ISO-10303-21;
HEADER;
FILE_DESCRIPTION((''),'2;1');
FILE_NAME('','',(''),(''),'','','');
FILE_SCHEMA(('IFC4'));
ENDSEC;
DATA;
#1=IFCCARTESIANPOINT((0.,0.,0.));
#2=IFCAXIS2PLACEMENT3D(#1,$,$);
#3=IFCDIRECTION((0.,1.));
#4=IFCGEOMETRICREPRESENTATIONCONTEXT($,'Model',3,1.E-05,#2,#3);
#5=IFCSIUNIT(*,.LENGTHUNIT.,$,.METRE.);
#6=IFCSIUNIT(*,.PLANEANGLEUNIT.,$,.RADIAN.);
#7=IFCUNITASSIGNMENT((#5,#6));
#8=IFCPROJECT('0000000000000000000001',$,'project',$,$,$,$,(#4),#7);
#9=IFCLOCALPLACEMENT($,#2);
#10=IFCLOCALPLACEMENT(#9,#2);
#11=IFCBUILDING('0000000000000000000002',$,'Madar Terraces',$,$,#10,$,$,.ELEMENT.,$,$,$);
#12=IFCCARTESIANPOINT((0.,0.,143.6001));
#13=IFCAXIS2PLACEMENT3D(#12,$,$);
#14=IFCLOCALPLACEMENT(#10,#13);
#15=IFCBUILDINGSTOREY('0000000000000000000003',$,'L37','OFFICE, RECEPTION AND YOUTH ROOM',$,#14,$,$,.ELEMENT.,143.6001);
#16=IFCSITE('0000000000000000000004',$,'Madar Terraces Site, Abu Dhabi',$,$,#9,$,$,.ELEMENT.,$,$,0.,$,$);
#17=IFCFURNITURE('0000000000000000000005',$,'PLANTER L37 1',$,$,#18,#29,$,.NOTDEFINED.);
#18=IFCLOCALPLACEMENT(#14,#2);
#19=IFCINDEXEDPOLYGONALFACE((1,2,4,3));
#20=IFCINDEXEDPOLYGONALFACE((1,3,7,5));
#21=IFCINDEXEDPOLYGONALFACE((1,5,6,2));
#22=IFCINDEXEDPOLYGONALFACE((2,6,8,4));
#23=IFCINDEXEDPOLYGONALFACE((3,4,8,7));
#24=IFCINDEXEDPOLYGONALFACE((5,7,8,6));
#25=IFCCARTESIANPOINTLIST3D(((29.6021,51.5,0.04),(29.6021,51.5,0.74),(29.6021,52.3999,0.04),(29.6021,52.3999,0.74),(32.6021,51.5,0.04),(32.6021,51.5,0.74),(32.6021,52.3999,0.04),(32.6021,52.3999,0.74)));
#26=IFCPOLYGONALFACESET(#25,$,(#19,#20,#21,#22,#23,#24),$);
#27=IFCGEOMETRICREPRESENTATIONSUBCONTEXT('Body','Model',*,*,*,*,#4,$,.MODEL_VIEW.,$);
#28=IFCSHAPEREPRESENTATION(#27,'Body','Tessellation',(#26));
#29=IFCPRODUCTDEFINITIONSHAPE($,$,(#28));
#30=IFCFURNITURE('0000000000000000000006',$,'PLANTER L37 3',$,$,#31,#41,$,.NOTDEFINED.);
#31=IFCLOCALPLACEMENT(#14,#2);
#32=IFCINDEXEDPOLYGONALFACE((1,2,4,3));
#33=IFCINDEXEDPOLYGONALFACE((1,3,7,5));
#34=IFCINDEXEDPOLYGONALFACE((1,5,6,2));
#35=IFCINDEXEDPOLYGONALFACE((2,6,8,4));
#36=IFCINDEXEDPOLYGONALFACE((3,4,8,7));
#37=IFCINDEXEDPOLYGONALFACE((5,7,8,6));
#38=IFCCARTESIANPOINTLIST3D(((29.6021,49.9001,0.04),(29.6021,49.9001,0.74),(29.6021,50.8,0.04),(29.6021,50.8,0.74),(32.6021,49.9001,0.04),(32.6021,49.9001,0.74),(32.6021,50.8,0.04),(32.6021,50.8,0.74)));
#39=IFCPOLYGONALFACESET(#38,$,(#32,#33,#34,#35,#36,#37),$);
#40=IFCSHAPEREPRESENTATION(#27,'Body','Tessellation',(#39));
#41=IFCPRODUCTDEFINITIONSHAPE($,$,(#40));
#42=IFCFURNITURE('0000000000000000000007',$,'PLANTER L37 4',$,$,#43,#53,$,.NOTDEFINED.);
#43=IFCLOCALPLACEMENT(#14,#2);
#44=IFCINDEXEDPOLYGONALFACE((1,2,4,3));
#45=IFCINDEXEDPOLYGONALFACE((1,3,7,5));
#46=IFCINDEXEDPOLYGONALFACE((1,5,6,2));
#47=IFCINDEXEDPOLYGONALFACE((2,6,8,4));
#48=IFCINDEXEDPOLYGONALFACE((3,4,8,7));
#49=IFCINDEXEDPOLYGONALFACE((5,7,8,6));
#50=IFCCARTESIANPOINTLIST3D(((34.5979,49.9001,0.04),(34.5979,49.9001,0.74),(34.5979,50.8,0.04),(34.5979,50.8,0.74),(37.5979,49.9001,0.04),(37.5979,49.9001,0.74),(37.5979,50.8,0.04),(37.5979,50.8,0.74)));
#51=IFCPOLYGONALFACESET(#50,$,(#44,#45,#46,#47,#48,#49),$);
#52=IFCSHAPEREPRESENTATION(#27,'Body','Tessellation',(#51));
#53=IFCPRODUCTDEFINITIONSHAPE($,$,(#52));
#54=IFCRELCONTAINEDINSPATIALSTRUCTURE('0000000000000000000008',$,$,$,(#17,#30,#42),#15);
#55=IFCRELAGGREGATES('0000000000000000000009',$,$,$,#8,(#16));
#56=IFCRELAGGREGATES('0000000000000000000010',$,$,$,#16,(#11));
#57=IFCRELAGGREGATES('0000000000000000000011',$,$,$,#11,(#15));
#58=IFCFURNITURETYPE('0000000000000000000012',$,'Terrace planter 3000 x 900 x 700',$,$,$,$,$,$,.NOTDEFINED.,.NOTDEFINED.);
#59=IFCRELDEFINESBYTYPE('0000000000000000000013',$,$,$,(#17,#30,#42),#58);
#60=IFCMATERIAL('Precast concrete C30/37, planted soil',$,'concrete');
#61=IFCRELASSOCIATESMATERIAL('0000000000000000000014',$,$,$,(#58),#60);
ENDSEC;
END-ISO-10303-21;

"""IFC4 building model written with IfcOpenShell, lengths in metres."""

from ifc_helpers import new_model, si_unit, direction, frame, origin, origin_2d, place, context, subcontext, project, spatial, rectangle, extrude, material, type_object, element, save


model = new_model("IFC4")

# Units and contexts
model_context = context("Model", 3, precision=1e-05, world=origin(), true_north=direction((0.0, 1.0)))
body_context = subcontext(model_context, "Body", "Model", "MODEL_VIEW")
ifc_project = project(units=[si_unit("LENGTHUNIT", "METRE"), si_unit("PLANEANGLEUNIT", "RADIAN")], contexts=[model_context])

# Site, building, storey
site_placement = place(None, origin())
site = spatial("IfcSite", under=ifc_project, at=site_placement, Name="Madar Terraces Site, Abu Dhabi", CompositionType="ELEMENT", RefElevation=0.0)
building_placement = place(site_placement, origin())
building = spatial("IfcBuilding", under=site, at=building_placement, Name="Madar Terraces", CompositionType="ELEMENT")
storey_placement = place(building_placement, frame((0.0, 0.0, 143.6001)))
storey = spatial("IfcBuildingStorey", under=building, at=storey_placement, Name="L37", Description="OFFICE, RECEPTION AND YOUTH ROOM", CompositionType="ELEMENT", Elevation=143.6001)

# Furniture
ifc_material_1 = material(Name="Precast concrete C30/37, planted soil", Category="concrete")
furniture_type = type_object("IfcFurnitureType", Name="Terrace planter 3000 x 900 x 700", AssemblyPlace="NOTDEFINED", PredefinedType="NOTDEFINED", material=ifc_material_1)
for number, where, z_axis, x_axis, name in (
    (1, (31.1021, 51.95, 0.04), (0.0, 0.0, 1.0), (-1.0, 0.0, 0.0), "PLANTER L37 1"),
    (2, (31.1021, 50.3501, 0.04), (0.0, 0.0, 1.0), (-1.0, 0.0, 0.0), "PLANTER L37 3"),
    (3, (36.0979, 50.3501, 0.04), (0.0, 0.0, 1.0), (-1.0, 0.0, 0.0), "PLANTER L37 4"),
):
    element("IfcFurniture", number, at=place(storey_placement, frame(where, z_axis=z_axis, x_axis=x_axis)), inside=storey, type_object=furniture_type, Name=name, PredefinedType="NOTDEFINED", context=body_context, shape_type="SweptSolid", body=[
        extrude(rectangle(XDim=3.0, YDim=0.8999, at=origin_2d()), origin(), (0.0, 0.0, 1.0), 0.7),
    ])

save(model, "model.ifc")
